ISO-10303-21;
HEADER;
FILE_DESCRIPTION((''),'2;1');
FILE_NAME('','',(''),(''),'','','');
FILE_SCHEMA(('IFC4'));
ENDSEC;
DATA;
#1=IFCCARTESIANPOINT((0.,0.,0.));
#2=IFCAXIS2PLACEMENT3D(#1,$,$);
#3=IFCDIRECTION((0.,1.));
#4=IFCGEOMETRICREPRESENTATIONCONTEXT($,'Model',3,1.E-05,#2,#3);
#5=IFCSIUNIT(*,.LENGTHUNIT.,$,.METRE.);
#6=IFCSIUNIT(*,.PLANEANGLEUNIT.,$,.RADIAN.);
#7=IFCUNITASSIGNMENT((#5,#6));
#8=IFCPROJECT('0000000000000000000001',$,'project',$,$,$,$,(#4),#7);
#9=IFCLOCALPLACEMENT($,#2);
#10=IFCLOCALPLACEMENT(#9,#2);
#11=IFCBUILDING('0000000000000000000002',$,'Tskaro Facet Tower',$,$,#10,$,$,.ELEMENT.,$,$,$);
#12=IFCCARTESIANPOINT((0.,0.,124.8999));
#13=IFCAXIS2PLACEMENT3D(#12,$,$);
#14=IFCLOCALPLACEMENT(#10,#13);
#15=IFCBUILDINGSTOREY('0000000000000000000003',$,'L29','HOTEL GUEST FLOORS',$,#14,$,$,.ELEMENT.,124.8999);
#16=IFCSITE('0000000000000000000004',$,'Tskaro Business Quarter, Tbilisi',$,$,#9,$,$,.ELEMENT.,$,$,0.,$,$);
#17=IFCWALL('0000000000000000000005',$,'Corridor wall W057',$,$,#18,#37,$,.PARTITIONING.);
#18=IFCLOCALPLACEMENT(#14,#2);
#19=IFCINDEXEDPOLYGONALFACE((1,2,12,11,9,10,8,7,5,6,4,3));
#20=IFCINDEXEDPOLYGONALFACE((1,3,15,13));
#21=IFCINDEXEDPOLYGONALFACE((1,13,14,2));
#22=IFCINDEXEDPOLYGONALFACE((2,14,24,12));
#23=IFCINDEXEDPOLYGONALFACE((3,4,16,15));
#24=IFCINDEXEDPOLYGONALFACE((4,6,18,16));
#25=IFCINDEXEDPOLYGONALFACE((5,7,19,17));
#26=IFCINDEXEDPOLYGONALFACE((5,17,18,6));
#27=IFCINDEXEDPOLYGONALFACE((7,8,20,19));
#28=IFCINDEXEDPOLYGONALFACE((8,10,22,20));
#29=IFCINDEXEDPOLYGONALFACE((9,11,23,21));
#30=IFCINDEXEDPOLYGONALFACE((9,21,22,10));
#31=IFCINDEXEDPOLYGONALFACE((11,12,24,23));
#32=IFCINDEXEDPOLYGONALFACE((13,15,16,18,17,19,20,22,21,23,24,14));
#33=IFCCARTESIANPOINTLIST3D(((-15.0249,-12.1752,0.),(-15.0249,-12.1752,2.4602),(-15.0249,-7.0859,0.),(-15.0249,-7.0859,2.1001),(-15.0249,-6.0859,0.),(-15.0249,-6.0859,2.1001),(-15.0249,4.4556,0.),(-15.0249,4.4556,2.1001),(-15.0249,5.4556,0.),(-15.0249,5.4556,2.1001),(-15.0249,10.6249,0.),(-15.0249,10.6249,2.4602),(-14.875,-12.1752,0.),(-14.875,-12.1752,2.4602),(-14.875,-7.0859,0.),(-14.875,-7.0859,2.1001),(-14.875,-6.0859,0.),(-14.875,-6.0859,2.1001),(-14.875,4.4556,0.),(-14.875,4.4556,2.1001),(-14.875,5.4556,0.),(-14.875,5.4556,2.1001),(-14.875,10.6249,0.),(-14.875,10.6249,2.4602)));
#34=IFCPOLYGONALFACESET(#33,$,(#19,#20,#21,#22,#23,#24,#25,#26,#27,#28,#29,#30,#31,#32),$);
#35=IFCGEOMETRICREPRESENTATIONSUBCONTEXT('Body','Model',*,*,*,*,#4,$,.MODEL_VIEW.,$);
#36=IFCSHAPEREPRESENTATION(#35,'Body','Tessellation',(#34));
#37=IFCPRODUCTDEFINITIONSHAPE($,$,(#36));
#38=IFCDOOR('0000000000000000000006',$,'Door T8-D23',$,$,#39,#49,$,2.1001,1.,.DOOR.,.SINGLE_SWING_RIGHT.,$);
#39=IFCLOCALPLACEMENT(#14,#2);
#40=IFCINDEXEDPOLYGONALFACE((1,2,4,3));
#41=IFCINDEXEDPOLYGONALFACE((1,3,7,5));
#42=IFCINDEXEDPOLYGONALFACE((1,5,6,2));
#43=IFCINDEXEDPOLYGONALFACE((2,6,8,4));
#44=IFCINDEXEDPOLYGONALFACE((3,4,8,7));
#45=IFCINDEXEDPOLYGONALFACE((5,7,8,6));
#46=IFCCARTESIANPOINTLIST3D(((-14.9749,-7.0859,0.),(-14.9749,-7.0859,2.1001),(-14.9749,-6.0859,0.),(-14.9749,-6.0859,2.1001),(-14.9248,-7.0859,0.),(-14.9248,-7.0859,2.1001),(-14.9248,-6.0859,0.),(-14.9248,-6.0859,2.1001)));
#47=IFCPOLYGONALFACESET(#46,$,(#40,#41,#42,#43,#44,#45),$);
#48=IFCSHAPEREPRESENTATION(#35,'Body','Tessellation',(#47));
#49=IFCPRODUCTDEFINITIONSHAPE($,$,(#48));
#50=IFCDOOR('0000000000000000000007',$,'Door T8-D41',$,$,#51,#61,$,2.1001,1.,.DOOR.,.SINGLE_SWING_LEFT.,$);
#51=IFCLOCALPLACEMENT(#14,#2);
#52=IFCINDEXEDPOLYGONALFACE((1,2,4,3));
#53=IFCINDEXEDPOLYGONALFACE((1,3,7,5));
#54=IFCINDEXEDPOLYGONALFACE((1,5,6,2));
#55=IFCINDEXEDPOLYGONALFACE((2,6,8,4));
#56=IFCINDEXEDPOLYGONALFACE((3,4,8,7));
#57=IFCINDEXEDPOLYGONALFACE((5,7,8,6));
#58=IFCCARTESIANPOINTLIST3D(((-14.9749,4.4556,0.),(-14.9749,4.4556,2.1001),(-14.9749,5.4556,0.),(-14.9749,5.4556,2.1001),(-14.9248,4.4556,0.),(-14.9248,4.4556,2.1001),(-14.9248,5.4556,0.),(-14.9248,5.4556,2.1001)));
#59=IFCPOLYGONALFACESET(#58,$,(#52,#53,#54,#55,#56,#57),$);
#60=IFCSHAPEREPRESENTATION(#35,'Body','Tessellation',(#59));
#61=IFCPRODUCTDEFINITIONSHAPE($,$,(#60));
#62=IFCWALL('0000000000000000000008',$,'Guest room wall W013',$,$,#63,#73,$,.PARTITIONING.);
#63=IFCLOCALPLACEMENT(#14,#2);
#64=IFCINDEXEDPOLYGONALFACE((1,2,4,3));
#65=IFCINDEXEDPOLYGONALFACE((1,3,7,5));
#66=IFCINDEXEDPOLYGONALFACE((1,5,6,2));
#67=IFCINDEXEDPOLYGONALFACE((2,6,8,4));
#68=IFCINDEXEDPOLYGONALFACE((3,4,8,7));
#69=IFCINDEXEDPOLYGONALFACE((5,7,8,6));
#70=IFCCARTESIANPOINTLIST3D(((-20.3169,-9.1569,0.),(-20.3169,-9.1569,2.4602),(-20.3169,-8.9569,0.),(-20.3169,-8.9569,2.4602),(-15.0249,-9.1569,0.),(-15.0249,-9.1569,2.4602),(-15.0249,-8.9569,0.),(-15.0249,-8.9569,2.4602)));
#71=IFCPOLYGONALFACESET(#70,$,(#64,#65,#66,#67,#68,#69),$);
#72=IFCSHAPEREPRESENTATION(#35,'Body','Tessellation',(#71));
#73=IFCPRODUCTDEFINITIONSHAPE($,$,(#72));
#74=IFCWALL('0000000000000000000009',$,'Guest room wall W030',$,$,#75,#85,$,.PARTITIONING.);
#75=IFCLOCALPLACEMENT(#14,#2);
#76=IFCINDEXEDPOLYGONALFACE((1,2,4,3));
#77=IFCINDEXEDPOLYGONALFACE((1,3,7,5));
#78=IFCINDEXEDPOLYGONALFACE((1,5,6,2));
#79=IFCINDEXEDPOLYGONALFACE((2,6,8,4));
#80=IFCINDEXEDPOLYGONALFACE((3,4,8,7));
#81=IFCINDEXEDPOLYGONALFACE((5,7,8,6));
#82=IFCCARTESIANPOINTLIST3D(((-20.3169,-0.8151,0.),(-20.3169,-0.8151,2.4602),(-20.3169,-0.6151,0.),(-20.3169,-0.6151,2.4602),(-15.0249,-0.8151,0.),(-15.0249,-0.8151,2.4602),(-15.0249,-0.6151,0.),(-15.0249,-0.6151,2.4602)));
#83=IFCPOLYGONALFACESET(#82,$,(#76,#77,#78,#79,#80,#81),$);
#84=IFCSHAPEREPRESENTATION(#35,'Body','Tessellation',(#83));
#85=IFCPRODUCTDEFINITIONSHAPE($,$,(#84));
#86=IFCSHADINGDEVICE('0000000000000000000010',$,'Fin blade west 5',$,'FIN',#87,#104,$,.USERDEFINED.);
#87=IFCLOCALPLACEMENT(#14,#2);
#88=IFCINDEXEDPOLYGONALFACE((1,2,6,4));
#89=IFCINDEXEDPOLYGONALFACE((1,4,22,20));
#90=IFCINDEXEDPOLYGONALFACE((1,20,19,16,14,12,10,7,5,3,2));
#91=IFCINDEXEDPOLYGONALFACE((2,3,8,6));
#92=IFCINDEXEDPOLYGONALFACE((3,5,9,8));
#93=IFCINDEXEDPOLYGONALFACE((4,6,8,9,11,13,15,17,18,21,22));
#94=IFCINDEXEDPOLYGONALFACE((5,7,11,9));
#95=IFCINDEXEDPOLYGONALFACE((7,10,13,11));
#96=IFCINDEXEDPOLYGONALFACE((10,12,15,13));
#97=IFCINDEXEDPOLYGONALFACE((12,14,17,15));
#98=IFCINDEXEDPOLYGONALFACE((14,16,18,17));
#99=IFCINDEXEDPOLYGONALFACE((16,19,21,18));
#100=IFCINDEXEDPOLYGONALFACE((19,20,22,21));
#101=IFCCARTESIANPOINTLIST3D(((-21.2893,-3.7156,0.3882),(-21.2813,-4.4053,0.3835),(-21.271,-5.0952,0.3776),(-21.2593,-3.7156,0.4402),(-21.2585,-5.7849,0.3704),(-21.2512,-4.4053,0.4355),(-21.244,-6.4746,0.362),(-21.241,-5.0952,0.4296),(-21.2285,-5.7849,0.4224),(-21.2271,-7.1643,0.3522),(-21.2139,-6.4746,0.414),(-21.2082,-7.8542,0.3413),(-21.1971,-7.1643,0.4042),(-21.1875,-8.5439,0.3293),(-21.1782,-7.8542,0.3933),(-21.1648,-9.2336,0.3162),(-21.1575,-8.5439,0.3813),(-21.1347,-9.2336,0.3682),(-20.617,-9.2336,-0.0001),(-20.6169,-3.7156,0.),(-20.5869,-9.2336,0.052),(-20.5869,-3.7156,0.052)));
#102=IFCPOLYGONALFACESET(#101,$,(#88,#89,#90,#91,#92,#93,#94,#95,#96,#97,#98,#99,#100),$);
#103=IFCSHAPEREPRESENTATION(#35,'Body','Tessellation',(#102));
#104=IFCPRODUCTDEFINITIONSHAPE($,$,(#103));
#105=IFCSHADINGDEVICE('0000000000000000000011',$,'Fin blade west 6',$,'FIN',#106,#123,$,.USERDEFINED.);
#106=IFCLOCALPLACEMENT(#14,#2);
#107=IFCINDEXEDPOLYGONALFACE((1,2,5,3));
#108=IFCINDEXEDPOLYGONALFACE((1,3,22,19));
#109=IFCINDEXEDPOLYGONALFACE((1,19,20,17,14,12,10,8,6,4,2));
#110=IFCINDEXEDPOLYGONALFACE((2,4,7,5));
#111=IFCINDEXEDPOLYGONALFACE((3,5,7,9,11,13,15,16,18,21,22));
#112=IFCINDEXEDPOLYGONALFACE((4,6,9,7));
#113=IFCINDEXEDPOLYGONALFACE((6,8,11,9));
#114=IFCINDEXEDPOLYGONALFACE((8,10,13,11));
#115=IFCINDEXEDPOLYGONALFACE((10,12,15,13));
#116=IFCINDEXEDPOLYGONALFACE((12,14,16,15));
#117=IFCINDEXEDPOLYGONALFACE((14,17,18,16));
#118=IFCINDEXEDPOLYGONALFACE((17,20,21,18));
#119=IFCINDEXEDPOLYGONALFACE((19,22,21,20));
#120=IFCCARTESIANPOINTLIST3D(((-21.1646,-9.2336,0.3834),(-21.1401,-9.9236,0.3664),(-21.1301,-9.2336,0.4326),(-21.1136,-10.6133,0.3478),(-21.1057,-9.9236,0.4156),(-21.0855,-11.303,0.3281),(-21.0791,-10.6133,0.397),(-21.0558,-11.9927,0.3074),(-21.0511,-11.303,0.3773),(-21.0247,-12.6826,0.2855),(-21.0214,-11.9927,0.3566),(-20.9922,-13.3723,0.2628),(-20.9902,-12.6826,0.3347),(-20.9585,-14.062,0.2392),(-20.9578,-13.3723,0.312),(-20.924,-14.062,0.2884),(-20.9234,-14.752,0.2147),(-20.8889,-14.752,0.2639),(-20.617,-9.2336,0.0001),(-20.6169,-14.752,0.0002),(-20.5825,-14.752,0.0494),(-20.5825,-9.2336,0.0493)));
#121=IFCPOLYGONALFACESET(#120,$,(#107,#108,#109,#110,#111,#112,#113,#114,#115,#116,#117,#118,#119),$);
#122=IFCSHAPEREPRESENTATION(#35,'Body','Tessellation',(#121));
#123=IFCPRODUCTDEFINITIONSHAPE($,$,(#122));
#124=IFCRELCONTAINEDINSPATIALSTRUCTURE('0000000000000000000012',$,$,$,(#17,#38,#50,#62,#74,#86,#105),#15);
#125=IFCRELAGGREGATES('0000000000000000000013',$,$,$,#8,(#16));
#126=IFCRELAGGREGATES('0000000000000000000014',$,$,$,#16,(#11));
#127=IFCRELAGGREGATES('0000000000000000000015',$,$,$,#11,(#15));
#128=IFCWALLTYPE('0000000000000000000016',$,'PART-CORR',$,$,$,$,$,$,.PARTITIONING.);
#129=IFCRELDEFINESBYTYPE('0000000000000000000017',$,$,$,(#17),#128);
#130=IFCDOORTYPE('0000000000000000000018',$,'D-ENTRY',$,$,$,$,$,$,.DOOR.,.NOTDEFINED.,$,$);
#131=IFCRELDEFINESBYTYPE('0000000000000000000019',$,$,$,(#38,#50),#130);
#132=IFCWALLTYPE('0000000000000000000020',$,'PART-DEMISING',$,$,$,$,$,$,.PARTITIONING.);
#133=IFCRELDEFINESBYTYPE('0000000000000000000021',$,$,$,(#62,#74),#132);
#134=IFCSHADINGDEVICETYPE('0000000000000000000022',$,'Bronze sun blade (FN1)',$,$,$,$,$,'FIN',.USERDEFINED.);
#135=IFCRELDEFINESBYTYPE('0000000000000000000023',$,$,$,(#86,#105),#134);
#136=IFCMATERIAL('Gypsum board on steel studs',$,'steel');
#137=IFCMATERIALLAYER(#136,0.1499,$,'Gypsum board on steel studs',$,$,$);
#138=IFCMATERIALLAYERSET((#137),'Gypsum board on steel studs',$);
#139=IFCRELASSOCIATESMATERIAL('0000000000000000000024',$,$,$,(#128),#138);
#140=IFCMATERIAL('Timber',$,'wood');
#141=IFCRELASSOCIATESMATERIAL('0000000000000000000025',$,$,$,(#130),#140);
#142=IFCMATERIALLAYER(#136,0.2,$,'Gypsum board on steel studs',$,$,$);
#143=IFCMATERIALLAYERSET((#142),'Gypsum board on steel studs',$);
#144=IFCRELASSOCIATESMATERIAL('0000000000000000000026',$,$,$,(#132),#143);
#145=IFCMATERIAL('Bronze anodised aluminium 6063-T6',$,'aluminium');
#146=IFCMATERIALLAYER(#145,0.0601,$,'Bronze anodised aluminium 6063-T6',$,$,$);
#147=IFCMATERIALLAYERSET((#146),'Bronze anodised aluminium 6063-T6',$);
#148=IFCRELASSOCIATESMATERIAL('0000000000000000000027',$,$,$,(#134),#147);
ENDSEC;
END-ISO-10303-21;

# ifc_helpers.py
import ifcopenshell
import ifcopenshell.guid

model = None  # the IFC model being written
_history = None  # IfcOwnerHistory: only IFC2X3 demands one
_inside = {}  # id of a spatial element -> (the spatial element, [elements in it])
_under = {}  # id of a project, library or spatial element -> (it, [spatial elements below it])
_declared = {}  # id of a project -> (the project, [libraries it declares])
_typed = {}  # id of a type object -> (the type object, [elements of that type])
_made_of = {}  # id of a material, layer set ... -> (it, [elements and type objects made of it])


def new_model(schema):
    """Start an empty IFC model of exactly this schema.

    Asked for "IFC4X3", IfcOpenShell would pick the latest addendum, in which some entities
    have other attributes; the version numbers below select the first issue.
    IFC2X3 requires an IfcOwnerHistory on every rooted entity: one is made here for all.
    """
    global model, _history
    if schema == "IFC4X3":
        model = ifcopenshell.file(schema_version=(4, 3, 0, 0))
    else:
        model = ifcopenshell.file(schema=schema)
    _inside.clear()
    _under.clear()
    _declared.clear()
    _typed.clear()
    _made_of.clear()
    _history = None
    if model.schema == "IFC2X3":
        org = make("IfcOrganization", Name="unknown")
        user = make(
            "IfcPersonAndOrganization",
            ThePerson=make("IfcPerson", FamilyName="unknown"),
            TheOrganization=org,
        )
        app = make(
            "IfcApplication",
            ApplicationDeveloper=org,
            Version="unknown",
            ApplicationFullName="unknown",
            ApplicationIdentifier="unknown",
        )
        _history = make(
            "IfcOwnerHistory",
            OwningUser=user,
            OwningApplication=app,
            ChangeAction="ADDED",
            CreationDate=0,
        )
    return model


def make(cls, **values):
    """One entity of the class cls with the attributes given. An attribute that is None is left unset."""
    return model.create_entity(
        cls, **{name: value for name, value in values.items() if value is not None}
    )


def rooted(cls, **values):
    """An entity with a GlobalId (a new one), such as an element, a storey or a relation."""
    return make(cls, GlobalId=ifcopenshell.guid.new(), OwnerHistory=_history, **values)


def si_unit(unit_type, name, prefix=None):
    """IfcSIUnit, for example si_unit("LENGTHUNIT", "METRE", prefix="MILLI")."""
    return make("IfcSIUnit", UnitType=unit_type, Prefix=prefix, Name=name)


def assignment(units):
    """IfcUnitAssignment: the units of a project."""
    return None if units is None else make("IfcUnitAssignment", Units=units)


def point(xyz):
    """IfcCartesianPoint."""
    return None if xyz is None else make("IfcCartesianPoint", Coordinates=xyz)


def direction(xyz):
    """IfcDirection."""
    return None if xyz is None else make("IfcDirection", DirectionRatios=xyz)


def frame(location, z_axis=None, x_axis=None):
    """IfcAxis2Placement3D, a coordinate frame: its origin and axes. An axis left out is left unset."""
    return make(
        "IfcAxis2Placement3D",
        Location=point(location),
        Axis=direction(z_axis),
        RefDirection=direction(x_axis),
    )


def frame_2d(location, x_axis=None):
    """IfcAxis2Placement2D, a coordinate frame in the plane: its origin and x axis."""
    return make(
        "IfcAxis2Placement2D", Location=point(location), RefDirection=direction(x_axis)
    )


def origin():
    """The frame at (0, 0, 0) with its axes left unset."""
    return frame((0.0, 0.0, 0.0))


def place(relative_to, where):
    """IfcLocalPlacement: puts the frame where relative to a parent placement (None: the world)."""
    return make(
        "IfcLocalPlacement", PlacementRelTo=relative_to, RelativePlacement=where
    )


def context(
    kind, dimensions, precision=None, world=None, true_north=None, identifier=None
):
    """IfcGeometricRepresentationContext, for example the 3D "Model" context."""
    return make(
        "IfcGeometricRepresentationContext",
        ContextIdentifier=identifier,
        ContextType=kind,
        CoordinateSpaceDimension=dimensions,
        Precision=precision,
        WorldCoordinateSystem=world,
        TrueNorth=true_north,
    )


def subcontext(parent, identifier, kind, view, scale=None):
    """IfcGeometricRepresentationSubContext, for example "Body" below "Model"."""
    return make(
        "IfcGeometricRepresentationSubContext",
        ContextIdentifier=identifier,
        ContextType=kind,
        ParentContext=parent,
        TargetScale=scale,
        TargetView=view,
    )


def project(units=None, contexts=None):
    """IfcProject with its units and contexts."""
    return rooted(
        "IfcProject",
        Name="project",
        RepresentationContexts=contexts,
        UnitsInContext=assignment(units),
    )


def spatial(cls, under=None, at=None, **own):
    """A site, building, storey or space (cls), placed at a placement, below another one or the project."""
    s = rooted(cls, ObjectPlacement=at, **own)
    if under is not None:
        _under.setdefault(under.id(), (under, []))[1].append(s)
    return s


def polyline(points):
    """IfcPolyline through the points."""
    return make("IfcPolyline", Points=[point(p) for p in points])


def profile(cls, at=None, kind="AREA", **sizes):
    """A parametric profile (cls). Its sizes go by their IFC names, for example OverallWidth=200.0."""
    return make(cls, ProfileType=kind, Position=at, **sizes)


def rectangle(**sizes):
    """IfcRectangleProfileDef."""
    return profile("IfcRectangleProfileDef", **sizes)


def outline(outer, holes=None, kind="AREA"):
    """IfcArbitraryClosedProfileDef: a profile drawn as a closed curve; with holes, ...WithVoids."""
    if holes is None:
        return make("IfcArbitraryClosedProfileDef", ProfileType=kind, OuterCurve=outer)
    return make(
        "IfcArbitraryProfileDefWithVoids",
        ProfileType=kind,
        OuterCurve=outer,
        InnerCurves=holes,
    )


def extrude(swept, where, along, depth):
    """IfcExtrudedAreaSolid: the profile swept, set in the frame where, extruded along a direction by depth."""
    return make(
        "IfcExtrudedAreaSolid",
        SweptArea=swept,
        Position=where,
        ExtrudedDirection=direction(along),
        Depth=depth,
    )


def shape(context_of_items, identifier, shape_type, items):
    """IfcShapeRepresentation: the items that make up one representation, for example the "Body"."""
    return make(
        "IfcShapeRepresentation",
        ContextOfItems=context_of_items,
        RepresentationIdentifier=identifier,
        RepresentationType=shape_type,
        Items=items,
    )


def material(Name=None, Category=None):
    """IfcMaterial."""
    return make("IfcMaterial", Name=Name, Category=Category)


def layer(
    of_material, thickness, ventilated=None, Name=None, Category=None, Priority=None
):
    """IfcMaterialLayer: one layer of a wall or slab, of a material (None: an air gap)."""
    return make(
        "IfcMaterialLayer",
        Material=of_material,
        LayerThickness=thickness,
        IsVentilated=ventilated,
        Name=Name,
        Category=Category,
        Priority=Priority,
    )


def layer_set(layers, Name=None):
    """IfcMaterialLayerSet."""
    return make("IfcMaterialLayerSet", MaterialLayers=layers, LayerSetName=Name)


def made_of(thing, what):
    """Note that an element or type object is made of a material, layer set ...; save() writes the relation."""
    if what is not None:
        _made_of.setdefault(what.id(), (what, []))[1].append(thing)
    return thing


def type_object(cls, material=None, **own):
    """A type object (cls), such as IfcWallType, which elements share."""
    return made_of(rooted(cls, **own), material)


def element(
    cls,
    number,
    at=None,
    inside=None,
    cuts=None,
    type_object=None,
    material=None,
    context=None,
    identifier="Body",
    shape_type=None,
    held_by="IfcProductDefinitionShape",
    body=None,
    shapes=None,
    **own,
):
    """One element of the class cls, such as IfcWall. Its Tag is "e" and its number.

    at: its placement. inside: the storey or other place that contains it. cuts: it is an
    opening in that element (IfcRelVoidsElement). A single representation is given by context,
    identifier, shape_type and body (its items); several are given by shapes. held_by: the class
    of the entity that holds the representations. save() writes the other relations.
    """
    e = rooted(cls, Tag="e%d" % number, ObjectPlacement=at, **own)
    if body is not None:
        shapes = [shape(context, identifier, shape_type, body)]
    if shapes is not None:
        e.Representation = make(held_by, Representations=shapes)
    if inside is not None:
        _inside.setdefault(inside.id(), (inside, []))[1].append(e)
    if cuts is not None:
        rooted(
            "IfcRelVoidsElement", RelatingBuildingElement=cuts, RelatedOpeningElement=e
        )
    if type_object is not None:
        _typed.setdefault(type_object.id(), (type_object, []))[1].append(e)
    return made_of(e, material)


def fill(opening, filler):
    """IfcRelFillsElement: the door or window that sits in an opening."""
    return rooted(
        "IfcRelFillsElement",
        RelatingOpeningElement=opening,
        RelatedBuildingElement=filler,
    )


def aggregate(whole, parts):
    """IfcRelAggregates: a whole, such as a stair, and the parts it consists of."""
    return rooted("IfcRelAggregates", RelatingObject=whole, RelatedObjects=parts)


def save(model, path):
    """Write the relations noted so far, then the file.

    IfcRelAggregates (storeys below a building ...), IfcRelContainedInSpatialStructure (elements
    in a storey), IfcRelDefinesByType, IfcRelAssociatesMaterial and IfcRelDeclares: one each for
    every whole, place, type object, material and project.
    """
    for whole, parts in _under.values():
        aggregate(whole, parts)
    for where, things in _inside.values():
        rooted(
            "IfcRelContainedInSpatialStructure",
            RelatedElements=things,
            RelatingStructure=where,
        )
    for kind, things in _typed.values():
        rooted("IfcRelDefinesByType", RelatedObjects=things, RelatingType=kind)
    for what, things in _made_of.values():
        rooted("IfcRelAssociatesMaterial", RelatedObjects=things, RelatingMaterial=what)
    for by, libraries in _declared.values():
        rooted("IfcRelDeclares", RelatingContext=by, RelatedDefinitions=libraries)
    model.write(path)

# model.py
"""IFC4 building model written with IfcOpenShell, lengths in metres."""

from ifc_helpers import new_model, si_unit, direction, frame, frame_2d, origin, place, context, subcontext, project, spatial, polyline, rectangle, outline, extrude, material, layer, layer_set, type_object, element, fill, save


model = new_model("IFC4")

# Units and contexts
model_context = context("Model", 3, precision=1e-05, world=origin(), true_north=direction((0.0, 1.0)))
body_context = subcontext(model_context, "Body", "Model", "MODEL_VIEW")
ifc_project = project(units=[si_unit("LENGTHUNIT", "METRE"), si_unit("PLANEANGLEUNIT", "RADIAN")], contexts=[model_context])

# Site, building, storey
site_placement = place(None, origin())
site = spatial("IfcSite", under=ifc_project, at=site_placement, Name="Tskaro Business Quarter, Tbilisi", CompositionType="ELEMENT", RefElevation=0.0)
building_placement = place(site_placement, origin())
building = spatial("IfcBuilding", under=site, at=building_placement, Name="Tskaro Facet Tower", CompositionType="ELEMENT")
storey_placement = place(building_placement, frame((0.0, 0.0, 124.8999)))
storey = spatial("IfcBuildingStorey", under=building, at=storey_placement, Name="L29", Description="HOTEL GUEST FLOORS", CompositionType="ELEMENT", Elevation=124.8999)

# Shared definitions
ifc_material_1 = material(Name="Bronze anodised aluminium 6063-T6", Category="aluminium")

# Shared definitions
ifc_material_2 = material(Name="Gypsum board on steel studs", Category="steel")
ifc_layer_1 = layer(ifc_material_2, 0.1499, Name="Gypsum board on steel studs")
ifc_layer_set_1 = layer_set([ifc_layer_1], Name="Gypsum board on steel studs")
wall_type_1 = type_object("IfcWallType", Name="PART-CORR", PredefinedType="PARTITIONING", material=ifc_layer_set_1)
ifc_material_3 = material(Name="Timber", Category="wood")

# Wall, openings, doors
wall_1_placement = place(storey_placement, frame((-14.95, -12.175, 0.0), z_axis=(0.0, 0.0, 1.0), x_axis=(0.0, 1.0, 0.0)))
wall_1 = element("IfcWall", 1, at=wall_1_placement, inside=storey, type_object=wall_type_1, Name="Corridor wall W057", PredefinedType="PARTITIONING", context=body_context, shape_type="SweptSolid", body=[
    extrude(rectangle(XDim=22.8, YDim=0.1499, at=frame_2d((11.3999, 0.0))), origin(), (0.0, 0.0, 1.0), 2.4602),
])
opening_1_placement = place(wall_1_placement, frame((5.0891, 0.0, 0.0)))
opening_1 = element("IfcOpeningElement", 2, at=opening_1_placement, cuts=wall_1, PredefinedType="OPENING", context=body_context, shape_type="SweptSolid", body=[
    extrude(rectangle(XDim=1.0, YDim=2.1001, at=frame_2d((0.5, 1.05))), frame((0.0, 0.085, 0.0), z_axis=(0.0, -1.0, 0.0), x_axis=(1.0, 0.0, 0.0)), (0.0, 0.0, 1.0), 0.1699),
])
opening_2_placement = place(wall_1_placement, frame((16.6306, 0.0, 0.0)))
opening_2 = element("IfcOpeningElement", 3, at=opening_2_placement, cuts=wall_1, PredefinedType="OPENING", context=body_context, shape_type="SweptSolid", body=[
    extrude(rectangle(XDim=1.0, YDim=2.1001, at=frame_2d((0.5, 1.05))), frame((0.0, 0.085, 0.0), z_axis=(0.0, -1.0, 0.0), x_axis=(1.0, 0.0, 0.0)), (0.0, 0.0, 1.0), 0.1699),
])
door_type_1 = type_object("IfcDoorType", Name="D-ENTRY", OperationType="NOTDEFINED", PredefinedType="DOOR", material=ifc_material_3)
door_1_placement = place(opening_1_placement, origin())
door_1 = element("IfcDoor", 4, at=door_1_placement, inside=storey, type_object=door_type_1, Name="Door T8-D23", OperationType="SINGLE_SWING_RIGHT", OverallHeight=2.1001, OverallWidth=1.0, PredefinedType="DOOR", context=body_context, shape_type="SweptSolid", body=[
    extrude(rectangle(XDim=1.0, YDim=2.1001, at=frame_2d((0.5, 1.05))), frame((0.0, 0.0249, 0.0), z_axis=(0.0, -1.0, 0.0), x_axis=(1.0, 0.0, 0.0)), (0.0, 0.0, 1.0), 0.05),
])
fill(opening_1, door_1)
door_2_placement = place(opening_2_placement, origin())
door_2 = element("IfcDoor", 5, at=door_2_placement, inside=storey, type_object=door_type_1, Name="Door T8-D41", OperationType="SINGLE_SWING_LEFT", OverallHeight=2.1001, OverallWidth=1.0, PredefinedType="DOOR", context=body_context, shape_type="SweptSolid", body=[
    extrude(rectangle(XDim=1.0, YDim=2.1001, at=frame_2d((0.5, 1.05))), frame((0.0, 0.0249, 0.0), z_axis=(0.0, -1.0, 0.0), x_axis=(1.0, 0.0, 0.0)), (0.0, 0.0, 1.0), 0.05),
])
fill(opening_2, door_2)

# Walls
ifc_layer_2 = layer(ifc_material_2, 0.2, Name="Gypsum board on steel studs")
ifc_layer_set_2 = layer_set([ifc_layer_2], Name="Gypsum board on steel studs")
wall_type_2 = type_object("IfcWallType", Name="PART-DEMISING", PredefinedType="PARTITIONING", material=ifc_layer_set_2)
for number, where, z_axis, x_axis, name in (
    (6, (-20.3169, -9.0569, 0.0), (0.0, 0.0, 1.0), (1.0, 0.0, 0.0), "Guest room wall W013"),
    (7, (-20.3169, -0.7151, 0.0), (0.0, 0.0, 1.0), (1.0, 0.0, 0.0), "Guest room wall W030"),
):
    element("IfcWall", number, at=place(storey_placement, frame(where, z_axis=z_axis, x_axis=x_axis)), inside=storey, type_object=wall_type_2, Name=name, PredefinedType="PARTITIONING", context=body_context, shape_type="SweptSolid", body=[
        extrude(rectangle(XDim=5.292, YDim=0.2, at=frame_2d((2.646, 0.0))), origin(), (0.0, 0.0, 1.0), 2.4602),
    ])

# Shading devices
ifc_layer_3 = layer(ifc_material_1, 0.0601, Name="Bronze anodised aluminium 6063-T6")
ifc_layer_set_3 = layer_set([ifc_layer_3], Name="Bronze anodised aluminium 6063-T6")
shading_device_type = type_object("IfcShadingDeviceType", Name="Bronze sun blade (FN1)", ElementType="FIN", PredefinedType="USERDEFINED", material=ifc_layer_set_3)
shading_device_1_placement = place(storey_placement, frame((-20.5869, -3.7156, 0.052), z_axis=(0.49999, -0.00001, 0.866031), x_axis=(-0.000005, -1.0, -0.000009)))
element("IfcShadingDevice", 8, at=shading_device_1_placement, inside=storey, type_object=shading_device_type, Name="Fin blade west 5", ObjectType="FIN", PredefinedType="USERDEFINED", context=body_context, shape_type="SweptSolid", body=[
    extrude(outline(polyline([(0.0, 0.0), (5.5181, 0.0), (5.5181, -0.6325), (4.8284, -0.6588), (4.1387, -0.6827), (3.4487, -0.7045), (2.759, -0.724), (2.0693, -0.7408), (1.3796, -0.7553), (0.6897, -0.7671), (0.0, -0.7764), (0.0, 0.0)])), origin(), (0.0, 0.0, -1.0), 0.0601),
])
shading_device_2_placement = place(storey_placement, frame((-20.5825, -9.2336, 0.0493), z_axis=(0.57347, 0.000009, 0.819227), x_axis=(0.000005, -1.0, 0.000007)))
element("IfcShadingDevice", 9, at=shading_device_2_placement, inside=storey, type_object=shading_device_type, Name="Fin blade west 6", ObjectType="FIN", PredefinedType="USERDEFINED", context=body_context, shape_type="SweptSolid", body=[
    extrude(outline(polyline([(0.0, 0.0), (5.5183, 0.0), (5.5183, -0.3741), (4.8284, -0.4169), (4.1387, -0.4581), (3.449, -0.4977), (2.759, -0.5357), (2.0693, -0.572), (1.3796, -0.6062), (0.6899, -0.6386), (0.0, -0.6684), (0.0, 0.0)])), origin(), (0.0, 0.0, -1.0), 0.0601),
])

save(model, "model.ifc")
